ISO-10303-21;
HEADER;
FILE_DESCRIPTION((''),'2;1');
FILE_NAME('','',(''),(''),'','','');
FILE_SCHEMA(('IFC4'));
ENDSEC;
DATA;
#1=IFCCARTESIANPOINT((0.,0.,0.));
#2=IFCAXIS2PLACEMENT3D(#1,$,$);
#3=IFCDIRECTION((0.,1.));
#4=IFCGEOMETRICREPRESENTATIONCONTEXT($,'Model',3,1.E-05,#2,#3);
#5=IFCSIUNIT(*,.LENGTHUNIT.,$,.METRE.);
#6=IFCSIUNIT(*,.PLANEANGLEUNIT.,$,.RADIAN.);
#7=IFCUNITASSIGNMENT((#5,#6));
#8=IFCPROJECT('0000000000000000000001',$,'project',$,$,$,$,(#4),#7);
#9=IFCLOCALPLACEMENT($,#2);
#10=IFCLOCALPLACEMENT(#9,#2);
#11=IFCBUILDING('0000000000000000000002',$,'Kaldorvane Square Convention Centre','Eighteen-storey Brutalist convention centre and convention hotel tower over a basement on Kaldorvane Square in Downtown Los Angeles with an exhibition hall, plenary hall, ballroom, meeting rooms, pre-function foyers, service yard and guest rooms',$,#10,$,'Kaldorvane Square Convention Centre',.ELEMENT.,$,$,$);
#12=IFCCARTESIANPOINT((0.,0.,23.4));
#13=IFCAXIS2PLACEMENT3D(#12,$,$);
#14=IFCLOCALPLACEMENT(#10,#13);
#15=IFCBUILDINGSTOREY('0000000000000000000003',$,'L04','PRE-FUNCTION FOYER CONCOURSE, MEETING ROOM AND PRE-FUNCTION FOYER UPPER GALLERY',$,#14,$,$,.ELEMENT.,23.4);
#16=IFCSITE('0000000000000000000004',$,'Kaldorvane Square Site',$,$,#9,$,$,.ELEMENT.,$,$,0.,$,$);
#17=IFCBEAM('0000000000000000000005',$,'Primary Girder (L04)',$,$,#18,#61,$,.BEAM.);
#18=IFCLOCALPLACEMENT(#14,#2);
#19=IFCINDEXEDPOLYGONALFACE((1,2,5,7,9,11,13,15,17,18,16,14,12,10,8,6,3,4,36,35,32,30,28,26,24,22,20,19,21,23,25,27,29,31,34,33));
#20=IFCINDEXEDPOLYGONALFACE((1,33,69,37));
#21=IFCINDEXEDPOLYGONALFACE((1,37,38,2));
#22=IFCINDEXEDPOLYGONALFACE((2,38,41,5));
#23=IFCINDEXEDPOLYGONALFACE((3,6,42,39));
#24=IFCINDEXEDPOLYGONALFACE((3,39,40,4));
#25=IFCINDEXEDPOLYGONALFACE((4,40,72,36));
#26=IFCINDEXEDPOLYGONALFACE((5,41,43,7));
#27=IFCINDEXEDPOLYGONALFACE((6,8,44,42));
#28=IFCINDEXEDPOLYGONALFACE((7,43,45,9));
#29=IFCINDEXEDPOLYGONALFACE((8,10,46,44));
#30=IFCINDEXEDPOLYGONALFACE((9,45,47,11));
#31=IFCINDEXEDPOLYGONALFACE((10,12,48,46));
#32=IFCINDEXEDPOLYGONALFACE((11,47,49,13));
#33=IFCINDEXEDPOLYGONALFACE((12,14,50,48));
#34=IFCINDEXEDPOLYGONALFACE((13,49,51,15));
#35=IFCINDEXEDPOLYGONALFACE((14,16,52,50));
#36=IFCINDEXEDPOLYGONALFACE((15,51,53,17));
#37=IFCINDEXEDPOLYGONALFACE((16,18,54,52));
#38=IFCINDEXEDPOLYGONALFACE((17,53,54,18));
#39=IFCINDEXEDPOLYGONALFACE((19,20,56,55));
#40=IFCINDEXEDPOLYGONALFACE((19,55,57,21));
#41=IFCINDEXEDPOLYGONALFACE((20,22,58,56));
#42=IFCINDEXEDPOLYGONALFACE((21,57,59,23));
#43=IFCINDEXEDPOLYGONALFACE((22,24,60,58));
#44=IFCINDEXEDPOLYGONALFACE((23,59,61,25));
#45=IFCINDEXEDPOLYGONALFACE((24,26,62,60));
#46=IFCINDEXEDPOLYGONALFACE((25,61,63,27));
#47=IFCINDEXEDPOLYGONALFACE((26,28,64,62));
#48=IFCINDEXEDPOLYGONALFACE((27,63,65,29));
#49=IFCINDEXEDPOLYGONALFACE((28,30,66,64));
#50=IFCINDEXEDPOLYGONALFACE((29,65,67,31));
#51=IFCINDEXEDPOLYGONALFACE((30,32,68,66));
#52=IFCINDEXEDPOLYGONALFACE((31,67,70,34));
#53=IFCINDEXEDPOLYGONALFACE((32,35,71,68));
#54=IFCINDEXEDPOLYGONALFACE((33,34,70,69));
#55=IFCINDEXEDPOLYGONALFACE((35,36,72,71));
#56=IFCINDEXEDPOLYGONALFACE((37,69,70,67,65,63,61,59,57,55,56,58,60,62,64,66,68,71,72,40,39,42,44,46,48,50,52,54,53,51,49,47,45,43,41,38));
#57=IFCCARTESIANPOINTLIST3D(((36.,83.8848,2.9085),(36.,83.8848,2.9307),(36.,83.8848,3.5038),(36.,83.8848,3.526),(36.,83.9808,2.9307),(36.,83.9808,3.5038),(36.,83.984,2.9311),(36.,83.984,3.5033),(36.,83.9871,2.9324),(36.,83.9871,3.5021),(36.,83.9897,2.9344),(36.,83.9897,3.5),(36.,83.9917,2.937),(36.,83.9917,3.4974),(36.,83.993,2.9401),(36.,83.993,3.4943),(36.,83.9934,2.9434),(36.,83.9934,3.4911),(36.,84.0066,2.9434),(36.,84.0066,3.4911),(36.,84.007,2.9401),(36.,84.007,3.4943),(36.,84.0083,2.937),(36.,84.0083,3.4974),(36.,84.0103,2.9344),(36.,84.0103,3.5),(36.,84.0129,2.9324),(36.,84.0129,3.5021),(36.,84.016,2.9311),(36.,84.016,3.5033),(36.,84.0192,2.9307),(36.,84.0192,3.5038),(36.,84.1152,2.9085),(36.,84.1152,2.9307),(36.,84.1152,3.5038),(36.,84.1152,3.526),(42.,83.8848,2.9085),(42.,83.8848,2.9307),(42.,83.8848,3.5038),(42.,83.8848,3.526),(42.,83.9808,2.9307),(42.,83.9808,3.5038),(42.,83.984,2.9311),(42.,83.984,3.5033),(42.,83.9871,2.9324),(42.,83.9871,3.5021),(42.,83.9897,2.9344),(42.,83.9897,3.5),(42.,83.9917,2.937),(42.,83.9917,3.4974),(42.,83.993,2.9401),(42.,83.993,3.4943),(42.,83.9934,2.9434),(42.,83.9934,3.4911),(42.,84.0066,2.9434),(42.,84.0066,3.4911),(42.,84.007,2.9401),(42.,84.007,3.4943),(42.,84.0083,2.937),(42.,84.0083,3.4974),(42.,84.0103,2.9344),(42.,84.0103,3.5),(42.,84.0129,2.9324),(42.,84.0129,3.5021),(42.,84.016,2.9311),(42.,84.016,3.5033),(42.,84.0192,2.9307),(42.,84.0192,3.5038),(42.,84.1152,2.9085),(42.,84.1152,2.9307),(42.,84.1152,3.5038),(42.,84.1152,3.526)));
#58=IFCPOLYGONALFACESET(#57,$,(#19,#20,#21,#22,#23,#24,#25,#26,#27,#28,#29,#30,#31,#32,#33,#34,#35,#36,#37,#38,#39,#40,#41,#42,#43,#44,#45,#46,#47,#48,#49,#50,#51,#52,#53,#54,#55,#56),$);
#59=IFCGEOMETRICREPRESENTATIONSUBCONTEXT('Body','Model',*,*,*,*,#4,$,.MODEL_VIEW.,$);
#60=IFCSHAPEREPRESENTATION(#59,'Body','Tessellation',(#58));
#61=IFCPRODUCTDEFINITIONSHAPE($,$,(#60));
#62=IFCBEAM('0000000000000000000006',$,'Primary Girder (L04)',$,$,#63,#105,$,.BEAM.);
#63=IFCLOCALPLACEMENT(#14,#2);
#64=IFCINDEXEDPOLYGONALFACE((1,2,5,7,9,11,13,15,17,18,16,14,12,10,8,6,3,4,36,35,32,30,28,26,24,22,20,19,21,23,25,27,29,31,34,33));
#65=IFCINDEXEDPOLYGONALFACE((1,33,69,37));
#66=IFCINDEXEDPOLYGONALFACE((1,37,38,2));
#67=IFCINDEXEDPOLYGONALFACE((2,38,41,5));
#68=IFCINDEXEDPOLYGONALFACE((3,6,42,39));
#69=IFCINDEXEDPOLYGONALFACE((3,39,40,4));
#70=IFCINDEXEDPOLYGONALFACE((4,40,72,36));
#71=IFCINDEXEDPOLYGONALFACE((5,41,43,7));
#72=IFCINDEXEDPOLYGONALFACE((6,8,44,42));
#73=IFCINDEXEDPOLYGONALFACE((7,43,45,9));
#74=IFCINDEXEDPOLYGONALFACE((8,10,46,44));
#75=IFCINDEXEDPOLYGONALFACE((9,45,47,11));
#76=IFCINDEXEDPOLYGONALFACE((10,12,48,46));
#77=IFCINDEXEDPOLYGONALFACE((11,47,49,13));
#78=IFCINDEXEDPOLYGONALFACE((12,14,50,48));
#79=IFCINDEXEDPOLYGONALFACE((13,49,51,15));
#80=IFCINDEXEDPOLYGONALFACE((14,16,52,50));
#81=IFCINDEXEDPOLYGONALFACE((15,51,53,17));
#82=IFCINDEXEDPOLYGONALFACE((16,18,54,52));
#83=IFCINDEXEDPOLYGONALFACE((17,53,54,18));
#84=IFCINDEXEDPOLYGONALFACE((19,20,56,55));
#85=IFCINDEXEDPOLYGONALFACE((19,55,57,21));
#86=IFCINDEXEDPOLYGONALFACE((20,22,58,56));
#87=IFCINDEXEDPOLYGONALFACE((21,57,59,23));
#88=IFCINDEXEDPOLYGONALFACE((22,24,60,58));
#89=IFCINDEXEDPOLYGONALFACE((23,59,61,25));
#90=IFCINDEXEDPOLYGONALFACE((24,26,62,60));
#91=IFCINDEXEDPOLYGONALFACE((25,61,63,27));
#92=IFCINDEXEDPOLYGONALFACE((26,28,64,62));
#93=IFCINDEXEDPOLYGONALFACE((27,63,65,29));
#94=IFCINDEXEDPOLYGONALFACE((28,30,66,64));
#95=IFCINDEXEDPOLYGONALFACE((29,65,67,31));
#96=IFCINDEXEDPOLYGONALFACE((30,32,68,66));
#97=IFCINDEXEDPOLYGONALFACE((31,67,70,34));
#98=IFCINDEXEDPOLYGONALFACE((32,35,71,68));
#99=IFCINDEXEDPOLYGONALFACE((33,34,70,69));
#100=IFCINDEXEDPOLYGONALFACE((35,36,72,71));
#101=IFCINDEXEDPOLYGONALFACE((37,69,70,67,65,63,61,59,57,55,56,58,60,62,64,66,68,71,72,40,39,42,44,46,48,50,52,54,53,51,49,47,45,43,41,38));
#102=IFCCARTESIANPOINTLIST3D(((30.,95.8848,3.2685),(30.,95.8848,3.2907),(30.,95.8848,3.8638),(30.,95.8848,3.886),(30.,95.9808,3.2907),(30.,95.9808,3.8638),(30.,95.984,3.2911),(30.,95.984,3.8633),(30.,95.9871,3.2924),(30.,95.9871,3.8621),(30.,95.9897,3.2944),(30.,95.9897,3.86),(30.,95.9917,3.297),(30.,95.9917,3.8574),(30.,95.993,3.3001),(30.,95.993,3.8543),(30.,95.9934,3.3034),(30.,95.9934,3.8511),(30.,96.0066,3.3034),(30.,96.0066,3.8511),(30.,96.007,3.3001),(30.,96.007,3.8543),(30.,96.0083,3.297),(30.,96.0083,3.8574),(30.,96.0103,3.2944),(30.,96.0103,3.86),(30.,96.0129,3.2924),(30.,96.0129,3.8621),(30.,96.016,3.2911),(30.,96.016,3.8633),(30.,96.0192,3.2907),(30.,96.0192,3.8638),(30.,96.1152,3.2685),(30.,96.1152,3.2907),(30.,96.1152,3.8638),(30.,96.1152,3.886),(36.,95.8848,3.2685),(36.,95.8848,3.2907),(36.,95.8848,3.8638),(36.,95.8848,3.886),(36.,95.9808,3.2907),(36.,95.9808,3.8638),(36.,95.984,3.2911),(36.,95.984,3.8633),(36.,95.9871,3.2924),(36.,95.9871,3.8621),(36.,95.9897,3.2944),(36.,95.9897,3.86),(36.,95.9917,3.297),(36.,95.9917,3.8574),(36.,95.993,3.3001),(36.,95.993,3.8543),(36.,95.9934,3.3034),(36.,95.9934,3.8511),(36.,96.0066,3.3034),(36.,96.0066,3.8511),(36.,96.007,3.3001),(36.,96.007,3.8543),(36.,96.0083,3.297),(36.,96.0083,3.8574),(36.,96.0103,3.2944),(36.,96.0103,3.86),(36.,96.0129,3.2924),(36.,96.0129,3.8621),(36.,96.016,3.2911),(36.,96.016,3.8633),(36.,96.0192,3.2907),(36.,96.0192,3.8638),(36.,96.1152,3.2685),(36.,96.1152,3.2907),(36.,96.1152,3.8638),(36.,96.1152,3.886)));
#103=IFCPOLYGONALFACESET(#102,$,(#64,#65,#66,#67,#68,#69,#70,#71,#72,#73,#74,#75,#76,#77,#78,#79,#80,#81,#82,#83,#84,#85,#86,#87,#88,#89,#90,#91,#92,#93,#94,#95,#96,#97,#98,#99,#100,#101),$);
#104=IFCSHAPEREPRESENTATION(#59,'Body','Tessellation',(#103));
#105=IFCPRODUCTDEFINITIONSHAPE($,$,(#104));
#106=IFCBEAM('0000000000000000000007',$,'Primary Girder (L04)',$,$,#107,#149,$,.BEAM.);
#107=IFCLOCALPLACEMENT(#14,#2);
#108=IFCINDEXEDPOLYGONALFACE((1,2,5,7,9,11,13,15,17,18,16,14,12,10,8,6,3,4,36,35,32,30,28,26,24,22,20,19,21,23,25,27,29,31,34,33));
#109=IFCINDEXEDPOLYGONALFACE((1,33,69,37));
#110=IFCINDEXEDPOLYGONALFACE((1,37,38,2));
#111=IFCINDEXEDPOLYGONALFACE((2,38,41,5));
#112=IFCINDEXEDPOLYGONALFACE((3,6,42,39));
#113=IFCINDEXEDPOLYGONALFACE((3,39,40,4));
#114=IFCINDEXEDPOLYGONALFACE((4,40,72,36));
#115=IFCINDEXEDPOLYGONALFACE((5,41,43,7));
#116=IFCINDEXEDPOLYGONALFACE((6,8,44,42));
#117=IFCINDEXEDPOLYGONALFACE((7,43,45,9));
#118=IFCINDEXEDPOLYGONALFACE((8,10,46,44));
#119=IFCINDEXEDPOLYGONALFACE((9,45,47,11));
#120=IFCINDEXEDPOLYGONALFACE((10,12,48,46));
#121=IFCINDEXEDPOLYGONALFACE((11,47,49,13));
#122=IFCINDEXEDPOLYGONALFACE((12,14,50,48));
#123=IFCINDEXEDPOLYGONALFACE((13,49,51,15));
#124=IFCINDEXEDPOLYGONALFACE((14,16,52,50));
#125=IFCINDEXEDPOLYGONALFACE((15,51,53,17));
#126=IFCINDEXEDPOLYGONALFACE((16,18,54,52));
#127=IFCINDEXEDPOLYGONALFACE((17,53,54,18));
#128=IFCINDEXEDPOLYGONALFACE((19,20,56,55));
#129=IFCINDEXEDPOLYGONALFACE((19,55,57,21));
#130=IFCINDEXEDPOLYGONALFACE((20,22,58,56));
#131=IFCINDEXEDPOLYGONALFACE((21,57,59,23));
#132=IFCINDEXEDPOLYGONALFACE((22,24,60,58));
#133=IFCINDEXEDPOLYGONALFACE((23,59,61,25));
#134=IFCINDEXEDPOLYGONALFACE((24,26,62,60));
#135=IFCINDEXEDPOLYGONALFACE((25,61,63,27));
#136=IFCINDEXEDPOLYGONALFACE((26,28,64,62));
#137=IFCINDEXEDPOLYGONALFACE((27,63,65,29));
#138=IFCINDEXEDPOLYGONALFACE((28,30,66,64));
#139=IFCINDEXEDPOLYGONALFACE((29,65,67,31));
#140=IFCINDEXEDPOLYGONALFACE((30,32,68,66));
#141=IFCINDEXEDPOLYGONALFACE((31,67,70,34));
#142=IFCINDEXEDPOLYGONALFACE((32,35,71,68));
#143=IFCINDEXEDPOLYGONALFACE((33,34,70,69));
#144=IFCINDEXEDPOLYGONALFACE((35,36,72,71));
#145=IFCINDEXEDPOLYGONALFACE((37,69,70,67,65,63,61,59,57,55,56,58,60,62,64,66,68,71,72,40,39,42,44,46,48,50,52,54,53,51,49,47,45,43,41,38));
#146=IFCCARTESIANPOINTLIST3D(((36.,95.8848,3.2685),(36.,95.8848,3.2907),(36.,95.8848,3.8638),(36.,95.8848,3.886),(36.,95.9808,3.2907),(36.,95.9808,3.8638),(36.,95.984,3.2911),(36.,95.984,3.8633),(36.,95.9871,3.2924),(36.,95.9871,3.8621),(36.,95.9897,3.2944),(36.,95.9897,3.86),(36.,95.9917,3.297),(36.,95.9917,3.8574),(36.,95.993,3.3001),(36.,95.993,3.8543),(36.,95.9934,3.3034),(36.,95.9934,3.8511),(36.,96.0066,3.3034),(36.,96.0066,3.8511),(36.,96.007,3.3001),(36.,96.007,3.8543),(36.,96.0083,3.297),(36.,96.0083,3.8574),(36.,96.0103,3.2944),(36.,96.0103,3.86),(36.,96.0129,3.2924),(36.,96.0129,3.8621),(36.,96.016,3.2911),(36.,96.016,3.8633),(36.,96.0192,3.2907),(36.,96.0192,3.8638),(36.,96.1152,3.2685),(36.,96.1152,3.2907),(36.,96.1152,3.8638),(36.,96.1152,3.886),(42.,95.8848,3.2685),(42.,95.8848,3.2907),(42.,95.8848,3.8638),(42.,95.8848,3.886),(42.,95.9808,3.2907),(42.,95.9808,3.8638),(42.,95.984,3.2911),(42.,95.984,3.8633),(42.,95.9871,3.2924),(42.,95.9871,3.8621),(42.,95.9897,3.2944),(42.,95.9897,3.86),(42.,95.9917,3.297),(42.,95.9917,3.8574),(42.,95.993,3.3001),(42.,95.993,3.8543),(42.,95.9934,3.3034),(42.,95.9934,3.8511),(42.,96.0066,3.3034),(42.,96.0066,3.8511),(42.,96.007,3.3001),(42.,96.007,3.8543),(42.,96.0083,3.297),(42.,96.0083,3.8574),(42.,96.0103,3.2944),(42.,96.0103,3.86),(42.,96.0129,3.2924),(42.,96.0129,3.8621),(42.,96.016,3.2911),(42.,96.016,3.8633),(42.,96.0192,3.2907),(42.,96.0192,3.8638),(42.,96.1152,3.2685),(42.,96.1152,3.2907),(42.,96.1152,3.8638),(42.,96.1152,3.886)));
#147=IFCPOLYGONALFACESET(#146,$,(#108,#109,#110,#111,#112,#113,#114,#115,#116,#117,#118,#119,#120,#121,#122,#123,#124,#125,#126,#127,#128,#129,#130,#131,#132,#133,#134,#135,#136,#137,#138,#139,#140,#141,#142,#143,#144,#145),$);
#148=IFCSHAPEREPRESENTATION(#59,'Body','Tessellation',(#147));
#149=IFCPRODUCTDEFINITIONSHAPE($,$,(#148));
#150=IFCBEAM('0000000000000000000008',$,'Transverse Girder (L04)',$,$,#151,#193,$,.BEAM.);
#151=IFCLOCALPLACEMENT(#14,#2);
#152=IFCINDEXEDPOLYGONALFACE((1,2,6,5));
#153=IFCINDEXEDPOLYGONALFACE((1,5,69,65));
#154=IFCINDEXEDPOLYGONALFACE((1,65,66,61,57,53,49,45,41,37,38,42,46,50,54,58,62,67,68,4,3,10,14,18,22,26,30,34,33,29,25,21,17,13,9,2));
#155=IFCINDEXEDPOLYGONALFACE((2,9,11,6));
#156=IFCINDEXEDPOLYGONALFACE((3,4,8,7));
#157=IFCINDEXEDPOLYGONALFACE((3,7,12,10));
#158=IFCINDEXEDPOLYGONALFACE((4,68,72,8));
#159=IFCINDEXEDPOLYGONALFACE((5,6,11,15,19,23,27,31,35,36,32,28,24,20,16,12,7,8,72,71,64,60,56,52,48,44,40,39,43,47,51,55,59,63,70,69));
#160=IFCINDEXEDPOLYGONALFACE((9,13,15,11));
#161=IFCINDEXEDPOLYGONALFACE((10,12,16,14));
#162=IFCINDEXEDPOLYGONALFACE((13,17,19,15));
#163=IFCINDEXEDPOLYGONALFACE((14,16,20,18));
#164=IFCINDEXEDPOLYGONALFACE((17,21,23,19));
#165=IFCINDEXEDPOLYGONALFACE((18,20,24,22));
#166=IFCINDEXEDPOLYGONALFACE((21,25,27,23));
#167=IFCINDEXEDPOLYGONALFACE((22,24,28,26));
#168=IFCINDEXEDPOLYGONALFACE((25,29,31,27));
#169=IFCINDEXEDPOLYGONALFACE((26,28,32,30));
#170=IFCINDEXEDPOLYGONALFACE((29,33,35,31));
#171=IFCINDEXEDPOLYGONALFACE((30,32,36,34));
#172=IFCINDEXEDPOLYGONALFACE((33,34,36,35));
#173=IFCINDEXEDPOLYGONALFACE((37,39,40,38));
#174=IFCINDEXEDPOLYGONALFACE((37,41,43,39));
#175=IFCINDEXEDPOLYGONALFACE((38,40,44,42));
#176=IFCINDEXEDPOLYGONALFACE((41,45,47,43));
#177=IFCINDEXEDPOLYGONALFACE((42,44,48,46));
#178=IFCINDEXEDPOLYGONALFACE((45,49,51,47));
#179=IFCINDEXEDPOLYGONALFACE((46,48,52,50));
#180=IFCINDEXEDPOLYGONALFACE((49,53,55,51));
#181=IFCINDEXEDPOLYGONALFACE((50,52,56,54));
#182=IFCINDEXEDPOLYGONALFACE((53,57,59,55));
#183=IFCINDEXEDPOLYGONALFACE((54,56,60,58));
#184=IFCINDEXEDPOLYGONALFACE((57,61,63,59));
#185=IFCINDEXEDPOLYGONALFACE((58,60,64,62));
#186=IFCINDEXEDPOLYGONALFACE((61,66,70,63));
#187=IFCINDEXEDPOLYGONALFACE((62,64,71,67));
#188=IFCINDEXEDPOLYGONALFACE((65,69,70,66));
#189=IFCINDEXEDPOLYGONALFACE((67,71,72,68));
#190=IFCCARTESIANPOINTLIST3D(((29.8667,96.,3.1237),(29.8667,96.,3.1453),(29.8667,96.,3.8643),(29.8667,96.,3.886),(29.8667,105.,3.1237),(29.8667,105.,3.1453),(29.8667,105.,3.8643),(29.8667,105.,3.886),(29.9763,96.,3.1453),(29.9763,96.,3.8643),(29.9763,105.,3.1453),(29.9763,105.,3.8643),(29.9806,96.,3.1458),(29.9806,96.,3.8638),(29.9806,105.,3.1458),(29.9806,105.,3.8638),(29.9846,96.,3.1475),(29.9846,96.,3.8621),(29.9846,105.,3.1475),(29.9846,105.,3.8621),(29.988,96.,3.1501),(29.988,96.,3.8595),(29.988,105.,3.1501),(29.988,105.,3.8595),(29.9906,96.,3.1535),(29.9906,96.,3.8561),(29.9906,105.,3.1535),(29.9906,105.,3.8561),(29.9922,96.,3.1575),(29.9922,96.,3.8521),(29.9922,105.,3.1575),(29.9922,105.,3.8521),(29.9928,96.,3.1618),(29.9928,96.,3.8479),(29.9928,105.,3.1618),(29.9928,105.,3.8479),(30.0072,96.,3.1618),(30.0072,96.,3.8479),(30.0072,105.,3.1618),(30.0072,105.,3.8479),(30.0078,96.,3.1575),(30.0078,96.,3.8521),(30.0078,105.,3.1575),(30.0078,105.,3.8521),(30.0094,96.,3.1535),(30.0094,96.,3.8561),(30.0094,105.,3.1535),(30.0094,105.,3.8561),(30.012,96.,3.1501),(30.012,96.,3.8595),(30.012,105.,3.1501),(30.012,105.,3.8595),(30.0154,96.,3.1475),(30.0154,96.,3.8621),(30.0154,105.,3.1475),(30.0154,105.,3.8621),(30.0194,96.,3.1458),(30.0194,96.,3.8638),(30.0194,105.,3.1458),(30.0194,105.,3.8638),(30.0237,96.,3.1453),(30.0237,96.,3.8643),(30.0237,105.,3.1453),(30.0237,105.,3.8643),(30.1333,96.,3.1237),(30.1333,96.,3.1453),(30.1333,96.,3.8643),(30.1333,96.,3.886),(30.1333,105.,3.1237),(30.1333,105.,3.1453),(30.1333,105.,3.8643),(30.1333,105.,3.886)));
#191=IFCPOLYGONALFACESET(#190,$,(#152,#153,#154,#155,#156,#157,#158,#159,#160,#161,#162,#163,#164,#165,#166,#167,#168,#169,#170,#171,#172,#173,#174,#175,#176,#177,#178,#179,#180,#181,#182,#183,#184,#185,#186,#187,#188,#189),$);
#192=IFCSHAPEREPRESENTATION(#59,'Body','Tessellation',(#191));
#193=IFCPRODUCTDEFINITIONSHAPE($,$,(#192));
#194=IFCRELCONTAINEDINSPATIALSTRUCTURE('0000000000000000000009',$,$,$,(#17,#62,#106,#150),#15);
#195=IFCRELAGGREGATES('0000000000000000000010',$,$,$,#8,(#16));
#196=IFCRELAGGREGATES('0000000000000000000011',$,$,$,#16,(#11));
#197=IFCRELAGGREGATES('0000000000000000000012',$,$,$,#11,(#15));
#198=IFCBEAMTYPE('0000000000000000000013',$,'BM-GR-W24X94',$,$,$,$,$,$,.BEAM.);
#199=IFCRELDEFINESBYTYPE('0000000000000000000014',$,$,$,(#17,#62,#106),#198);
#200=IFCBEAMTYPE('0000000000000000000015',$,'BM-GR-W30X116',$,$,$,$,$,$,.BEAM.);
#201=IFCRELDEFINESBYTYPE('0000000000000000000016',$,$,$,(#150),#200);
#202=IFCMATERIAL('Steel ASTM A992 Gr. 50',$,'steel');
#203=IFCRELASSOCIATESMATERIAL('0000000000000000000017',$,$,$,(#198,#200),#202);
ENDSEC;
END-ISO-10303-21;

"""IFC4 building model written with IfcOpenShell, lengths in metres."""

from ifc_helpers import new_model, si_unit, direction, frame, origin, origin_2d, place, context, subcontext, project, spatial, i_section, extrude, material, material_profile, profile_set, type_object, element, save


model = new_model("IFC4")

# Units and contexts
model_context = context("Model", 3, precision=1e-05, world=origin(), true_north=direction((0.0, 1.0)))
body_context = subcontext(model_context, "Body", "Model", "MODEL_VIEW")
ifc_project = project(units=[si_unit("LENGTHUNIT", "METRE"), si_unit("PLANEANGLEUNIT", "RADIAN")], contexts=[model_context])

# Site, building, storey
site_placement = place(None, origin())
site = spatial("IfcSite", under=ifc_project, at=site_placement, Name="Kaldorvane Square Site", CompositionType="ELEMENT", RefElevation=0.0)
building_placement = place(site_placement, origin())
building = spatial("IfcBuilding", under=site, at=building_placement, Name="Kaldorvane Square Convention Centre", Description="Eighteen-storey Brutalist convention centre and convention hotel tower over a basement on Kaldorvane Square in Downtown Los Angeles with an exhibition hall, plenary hall, ballroom, meeting rooms, pre-function foyers, service yard and guest rooms", LongName="Kaldorvane Square Convention Centre", CompositionType="ELEMENT")
storey_placement = place(building_placement, frame((0.0, 0.0, 23.4)))
storey = spatial("IfcBuildingStorey", under=building, at=storey_placement, Name="L04", Description="PRE-FUNCTION FOYER CONCOURSE, MEETING ROOM AND PRE-FUNCTION FOYER UPPER GALLERY", CompositionType="ELEMENT", Elevation=23.4)

# Shared definitions
ifc_material_1 = material(Name="Steel ASTM A992 Gr. 50", Category="steel")

# Beams
ifc_material_profile_1 = material_profile(ifc_material_1, i_section(OverallWidth=0.2303, OverallDepth=0.6175, WebThickness=0.0131, FlangeThickness=0.0222, FilletRadius=0.0127, at=origin_2d()), Name="W24X94")
ifc_profile_set_1 = profile_set([ifc_material_profile_1], Name="Steel ASTM A992 Gr. 50")
beam_type_1 = type_object("IfcBeamType", Name="BM-GR-W24X94", PredefinedType="BEAM", material=ifc_profile_set_1)
for number, where, z_axis, x_axis, name in (
    (1, (36.0, 84.0, 3.2172), (1.0, 0.0, 0.0), (0.0, 1.0, 0.0), "Primary Girder (L04)"),
    (2, (30.0, 96.0, 3.5772), (1.0, 0.0, 0.0), (0.0, 1.0, 0.0), "Primary Girder (L04)"),
    (3, (36.0, 96.0, 3.5772), (1.0, 0.0, 0.0), (0.0, 1.0, 0.0), "Primary Girder (L04)"),
):
    element("IfcBeam", number, at=place(storey_placement, frame(where, z_axis=z_axis, x_axis=x_axis)), inside=storey, type_object=beam_type_1, Name=name, PredefinedType="BEAM", context=body_context, shape_type="SweptSolid", body=[
        extrude(i_section(OverallWidth=0.2303, OverallDepth=0.6175, WebThickness=0.0131, FlangeThickness=0.0222, FilletRadius=0.0127, at=origin_2d()), origin(), (0.0, 0.0, 1.0), 6.0),
    ])
ifc_material_profile_2 = material_profile(ifc_material_1, i_section(OverallWidth=0.2666, OverallDepth=0.7623, WebThickness=0.0144, FlangeThickness=0.0216, FilletRadius=0.0165, at=origin_2d()), Name="W30X116")
ifc_profile_set_2 = profile_set([ifc_material_profile_2], Name="Steel ASTM A992 Gr. 50")
beam_type_2 = type_object("IfcBeamType", Name="BM-GR-W30X116", PredefinedType="BEAM", material=ifc_profile_set_2)
for number, where, z_axis, x_axis, name in (
    (4, (30.0, 96.0, 3.5048), (0.0, 1.0, 0.0), (-1.0, 0.0, 0.0), "Transverse Girder (L04)"),
):
    element("IfcBeam", number, at=place(storey_placement, frame(where, z_axis=z_axis, x_axis=x_axis)), inside=storey, type_object=beam_type_2, Name=name, PredefinedType="BEAM", context=body_context, shape_type="SweptSolid", body=[
        extrude(i_section(OverallWidth=0.2666, OverallDepth=0.7623, WebThickness=0.0144, FlangeThickness=0.0216, FilletRadius=0.0165, at=origin_2d()), origin(), (0.0, 0.0, 1.0), 9.0),
    ])

save(model, "model.ifc")
